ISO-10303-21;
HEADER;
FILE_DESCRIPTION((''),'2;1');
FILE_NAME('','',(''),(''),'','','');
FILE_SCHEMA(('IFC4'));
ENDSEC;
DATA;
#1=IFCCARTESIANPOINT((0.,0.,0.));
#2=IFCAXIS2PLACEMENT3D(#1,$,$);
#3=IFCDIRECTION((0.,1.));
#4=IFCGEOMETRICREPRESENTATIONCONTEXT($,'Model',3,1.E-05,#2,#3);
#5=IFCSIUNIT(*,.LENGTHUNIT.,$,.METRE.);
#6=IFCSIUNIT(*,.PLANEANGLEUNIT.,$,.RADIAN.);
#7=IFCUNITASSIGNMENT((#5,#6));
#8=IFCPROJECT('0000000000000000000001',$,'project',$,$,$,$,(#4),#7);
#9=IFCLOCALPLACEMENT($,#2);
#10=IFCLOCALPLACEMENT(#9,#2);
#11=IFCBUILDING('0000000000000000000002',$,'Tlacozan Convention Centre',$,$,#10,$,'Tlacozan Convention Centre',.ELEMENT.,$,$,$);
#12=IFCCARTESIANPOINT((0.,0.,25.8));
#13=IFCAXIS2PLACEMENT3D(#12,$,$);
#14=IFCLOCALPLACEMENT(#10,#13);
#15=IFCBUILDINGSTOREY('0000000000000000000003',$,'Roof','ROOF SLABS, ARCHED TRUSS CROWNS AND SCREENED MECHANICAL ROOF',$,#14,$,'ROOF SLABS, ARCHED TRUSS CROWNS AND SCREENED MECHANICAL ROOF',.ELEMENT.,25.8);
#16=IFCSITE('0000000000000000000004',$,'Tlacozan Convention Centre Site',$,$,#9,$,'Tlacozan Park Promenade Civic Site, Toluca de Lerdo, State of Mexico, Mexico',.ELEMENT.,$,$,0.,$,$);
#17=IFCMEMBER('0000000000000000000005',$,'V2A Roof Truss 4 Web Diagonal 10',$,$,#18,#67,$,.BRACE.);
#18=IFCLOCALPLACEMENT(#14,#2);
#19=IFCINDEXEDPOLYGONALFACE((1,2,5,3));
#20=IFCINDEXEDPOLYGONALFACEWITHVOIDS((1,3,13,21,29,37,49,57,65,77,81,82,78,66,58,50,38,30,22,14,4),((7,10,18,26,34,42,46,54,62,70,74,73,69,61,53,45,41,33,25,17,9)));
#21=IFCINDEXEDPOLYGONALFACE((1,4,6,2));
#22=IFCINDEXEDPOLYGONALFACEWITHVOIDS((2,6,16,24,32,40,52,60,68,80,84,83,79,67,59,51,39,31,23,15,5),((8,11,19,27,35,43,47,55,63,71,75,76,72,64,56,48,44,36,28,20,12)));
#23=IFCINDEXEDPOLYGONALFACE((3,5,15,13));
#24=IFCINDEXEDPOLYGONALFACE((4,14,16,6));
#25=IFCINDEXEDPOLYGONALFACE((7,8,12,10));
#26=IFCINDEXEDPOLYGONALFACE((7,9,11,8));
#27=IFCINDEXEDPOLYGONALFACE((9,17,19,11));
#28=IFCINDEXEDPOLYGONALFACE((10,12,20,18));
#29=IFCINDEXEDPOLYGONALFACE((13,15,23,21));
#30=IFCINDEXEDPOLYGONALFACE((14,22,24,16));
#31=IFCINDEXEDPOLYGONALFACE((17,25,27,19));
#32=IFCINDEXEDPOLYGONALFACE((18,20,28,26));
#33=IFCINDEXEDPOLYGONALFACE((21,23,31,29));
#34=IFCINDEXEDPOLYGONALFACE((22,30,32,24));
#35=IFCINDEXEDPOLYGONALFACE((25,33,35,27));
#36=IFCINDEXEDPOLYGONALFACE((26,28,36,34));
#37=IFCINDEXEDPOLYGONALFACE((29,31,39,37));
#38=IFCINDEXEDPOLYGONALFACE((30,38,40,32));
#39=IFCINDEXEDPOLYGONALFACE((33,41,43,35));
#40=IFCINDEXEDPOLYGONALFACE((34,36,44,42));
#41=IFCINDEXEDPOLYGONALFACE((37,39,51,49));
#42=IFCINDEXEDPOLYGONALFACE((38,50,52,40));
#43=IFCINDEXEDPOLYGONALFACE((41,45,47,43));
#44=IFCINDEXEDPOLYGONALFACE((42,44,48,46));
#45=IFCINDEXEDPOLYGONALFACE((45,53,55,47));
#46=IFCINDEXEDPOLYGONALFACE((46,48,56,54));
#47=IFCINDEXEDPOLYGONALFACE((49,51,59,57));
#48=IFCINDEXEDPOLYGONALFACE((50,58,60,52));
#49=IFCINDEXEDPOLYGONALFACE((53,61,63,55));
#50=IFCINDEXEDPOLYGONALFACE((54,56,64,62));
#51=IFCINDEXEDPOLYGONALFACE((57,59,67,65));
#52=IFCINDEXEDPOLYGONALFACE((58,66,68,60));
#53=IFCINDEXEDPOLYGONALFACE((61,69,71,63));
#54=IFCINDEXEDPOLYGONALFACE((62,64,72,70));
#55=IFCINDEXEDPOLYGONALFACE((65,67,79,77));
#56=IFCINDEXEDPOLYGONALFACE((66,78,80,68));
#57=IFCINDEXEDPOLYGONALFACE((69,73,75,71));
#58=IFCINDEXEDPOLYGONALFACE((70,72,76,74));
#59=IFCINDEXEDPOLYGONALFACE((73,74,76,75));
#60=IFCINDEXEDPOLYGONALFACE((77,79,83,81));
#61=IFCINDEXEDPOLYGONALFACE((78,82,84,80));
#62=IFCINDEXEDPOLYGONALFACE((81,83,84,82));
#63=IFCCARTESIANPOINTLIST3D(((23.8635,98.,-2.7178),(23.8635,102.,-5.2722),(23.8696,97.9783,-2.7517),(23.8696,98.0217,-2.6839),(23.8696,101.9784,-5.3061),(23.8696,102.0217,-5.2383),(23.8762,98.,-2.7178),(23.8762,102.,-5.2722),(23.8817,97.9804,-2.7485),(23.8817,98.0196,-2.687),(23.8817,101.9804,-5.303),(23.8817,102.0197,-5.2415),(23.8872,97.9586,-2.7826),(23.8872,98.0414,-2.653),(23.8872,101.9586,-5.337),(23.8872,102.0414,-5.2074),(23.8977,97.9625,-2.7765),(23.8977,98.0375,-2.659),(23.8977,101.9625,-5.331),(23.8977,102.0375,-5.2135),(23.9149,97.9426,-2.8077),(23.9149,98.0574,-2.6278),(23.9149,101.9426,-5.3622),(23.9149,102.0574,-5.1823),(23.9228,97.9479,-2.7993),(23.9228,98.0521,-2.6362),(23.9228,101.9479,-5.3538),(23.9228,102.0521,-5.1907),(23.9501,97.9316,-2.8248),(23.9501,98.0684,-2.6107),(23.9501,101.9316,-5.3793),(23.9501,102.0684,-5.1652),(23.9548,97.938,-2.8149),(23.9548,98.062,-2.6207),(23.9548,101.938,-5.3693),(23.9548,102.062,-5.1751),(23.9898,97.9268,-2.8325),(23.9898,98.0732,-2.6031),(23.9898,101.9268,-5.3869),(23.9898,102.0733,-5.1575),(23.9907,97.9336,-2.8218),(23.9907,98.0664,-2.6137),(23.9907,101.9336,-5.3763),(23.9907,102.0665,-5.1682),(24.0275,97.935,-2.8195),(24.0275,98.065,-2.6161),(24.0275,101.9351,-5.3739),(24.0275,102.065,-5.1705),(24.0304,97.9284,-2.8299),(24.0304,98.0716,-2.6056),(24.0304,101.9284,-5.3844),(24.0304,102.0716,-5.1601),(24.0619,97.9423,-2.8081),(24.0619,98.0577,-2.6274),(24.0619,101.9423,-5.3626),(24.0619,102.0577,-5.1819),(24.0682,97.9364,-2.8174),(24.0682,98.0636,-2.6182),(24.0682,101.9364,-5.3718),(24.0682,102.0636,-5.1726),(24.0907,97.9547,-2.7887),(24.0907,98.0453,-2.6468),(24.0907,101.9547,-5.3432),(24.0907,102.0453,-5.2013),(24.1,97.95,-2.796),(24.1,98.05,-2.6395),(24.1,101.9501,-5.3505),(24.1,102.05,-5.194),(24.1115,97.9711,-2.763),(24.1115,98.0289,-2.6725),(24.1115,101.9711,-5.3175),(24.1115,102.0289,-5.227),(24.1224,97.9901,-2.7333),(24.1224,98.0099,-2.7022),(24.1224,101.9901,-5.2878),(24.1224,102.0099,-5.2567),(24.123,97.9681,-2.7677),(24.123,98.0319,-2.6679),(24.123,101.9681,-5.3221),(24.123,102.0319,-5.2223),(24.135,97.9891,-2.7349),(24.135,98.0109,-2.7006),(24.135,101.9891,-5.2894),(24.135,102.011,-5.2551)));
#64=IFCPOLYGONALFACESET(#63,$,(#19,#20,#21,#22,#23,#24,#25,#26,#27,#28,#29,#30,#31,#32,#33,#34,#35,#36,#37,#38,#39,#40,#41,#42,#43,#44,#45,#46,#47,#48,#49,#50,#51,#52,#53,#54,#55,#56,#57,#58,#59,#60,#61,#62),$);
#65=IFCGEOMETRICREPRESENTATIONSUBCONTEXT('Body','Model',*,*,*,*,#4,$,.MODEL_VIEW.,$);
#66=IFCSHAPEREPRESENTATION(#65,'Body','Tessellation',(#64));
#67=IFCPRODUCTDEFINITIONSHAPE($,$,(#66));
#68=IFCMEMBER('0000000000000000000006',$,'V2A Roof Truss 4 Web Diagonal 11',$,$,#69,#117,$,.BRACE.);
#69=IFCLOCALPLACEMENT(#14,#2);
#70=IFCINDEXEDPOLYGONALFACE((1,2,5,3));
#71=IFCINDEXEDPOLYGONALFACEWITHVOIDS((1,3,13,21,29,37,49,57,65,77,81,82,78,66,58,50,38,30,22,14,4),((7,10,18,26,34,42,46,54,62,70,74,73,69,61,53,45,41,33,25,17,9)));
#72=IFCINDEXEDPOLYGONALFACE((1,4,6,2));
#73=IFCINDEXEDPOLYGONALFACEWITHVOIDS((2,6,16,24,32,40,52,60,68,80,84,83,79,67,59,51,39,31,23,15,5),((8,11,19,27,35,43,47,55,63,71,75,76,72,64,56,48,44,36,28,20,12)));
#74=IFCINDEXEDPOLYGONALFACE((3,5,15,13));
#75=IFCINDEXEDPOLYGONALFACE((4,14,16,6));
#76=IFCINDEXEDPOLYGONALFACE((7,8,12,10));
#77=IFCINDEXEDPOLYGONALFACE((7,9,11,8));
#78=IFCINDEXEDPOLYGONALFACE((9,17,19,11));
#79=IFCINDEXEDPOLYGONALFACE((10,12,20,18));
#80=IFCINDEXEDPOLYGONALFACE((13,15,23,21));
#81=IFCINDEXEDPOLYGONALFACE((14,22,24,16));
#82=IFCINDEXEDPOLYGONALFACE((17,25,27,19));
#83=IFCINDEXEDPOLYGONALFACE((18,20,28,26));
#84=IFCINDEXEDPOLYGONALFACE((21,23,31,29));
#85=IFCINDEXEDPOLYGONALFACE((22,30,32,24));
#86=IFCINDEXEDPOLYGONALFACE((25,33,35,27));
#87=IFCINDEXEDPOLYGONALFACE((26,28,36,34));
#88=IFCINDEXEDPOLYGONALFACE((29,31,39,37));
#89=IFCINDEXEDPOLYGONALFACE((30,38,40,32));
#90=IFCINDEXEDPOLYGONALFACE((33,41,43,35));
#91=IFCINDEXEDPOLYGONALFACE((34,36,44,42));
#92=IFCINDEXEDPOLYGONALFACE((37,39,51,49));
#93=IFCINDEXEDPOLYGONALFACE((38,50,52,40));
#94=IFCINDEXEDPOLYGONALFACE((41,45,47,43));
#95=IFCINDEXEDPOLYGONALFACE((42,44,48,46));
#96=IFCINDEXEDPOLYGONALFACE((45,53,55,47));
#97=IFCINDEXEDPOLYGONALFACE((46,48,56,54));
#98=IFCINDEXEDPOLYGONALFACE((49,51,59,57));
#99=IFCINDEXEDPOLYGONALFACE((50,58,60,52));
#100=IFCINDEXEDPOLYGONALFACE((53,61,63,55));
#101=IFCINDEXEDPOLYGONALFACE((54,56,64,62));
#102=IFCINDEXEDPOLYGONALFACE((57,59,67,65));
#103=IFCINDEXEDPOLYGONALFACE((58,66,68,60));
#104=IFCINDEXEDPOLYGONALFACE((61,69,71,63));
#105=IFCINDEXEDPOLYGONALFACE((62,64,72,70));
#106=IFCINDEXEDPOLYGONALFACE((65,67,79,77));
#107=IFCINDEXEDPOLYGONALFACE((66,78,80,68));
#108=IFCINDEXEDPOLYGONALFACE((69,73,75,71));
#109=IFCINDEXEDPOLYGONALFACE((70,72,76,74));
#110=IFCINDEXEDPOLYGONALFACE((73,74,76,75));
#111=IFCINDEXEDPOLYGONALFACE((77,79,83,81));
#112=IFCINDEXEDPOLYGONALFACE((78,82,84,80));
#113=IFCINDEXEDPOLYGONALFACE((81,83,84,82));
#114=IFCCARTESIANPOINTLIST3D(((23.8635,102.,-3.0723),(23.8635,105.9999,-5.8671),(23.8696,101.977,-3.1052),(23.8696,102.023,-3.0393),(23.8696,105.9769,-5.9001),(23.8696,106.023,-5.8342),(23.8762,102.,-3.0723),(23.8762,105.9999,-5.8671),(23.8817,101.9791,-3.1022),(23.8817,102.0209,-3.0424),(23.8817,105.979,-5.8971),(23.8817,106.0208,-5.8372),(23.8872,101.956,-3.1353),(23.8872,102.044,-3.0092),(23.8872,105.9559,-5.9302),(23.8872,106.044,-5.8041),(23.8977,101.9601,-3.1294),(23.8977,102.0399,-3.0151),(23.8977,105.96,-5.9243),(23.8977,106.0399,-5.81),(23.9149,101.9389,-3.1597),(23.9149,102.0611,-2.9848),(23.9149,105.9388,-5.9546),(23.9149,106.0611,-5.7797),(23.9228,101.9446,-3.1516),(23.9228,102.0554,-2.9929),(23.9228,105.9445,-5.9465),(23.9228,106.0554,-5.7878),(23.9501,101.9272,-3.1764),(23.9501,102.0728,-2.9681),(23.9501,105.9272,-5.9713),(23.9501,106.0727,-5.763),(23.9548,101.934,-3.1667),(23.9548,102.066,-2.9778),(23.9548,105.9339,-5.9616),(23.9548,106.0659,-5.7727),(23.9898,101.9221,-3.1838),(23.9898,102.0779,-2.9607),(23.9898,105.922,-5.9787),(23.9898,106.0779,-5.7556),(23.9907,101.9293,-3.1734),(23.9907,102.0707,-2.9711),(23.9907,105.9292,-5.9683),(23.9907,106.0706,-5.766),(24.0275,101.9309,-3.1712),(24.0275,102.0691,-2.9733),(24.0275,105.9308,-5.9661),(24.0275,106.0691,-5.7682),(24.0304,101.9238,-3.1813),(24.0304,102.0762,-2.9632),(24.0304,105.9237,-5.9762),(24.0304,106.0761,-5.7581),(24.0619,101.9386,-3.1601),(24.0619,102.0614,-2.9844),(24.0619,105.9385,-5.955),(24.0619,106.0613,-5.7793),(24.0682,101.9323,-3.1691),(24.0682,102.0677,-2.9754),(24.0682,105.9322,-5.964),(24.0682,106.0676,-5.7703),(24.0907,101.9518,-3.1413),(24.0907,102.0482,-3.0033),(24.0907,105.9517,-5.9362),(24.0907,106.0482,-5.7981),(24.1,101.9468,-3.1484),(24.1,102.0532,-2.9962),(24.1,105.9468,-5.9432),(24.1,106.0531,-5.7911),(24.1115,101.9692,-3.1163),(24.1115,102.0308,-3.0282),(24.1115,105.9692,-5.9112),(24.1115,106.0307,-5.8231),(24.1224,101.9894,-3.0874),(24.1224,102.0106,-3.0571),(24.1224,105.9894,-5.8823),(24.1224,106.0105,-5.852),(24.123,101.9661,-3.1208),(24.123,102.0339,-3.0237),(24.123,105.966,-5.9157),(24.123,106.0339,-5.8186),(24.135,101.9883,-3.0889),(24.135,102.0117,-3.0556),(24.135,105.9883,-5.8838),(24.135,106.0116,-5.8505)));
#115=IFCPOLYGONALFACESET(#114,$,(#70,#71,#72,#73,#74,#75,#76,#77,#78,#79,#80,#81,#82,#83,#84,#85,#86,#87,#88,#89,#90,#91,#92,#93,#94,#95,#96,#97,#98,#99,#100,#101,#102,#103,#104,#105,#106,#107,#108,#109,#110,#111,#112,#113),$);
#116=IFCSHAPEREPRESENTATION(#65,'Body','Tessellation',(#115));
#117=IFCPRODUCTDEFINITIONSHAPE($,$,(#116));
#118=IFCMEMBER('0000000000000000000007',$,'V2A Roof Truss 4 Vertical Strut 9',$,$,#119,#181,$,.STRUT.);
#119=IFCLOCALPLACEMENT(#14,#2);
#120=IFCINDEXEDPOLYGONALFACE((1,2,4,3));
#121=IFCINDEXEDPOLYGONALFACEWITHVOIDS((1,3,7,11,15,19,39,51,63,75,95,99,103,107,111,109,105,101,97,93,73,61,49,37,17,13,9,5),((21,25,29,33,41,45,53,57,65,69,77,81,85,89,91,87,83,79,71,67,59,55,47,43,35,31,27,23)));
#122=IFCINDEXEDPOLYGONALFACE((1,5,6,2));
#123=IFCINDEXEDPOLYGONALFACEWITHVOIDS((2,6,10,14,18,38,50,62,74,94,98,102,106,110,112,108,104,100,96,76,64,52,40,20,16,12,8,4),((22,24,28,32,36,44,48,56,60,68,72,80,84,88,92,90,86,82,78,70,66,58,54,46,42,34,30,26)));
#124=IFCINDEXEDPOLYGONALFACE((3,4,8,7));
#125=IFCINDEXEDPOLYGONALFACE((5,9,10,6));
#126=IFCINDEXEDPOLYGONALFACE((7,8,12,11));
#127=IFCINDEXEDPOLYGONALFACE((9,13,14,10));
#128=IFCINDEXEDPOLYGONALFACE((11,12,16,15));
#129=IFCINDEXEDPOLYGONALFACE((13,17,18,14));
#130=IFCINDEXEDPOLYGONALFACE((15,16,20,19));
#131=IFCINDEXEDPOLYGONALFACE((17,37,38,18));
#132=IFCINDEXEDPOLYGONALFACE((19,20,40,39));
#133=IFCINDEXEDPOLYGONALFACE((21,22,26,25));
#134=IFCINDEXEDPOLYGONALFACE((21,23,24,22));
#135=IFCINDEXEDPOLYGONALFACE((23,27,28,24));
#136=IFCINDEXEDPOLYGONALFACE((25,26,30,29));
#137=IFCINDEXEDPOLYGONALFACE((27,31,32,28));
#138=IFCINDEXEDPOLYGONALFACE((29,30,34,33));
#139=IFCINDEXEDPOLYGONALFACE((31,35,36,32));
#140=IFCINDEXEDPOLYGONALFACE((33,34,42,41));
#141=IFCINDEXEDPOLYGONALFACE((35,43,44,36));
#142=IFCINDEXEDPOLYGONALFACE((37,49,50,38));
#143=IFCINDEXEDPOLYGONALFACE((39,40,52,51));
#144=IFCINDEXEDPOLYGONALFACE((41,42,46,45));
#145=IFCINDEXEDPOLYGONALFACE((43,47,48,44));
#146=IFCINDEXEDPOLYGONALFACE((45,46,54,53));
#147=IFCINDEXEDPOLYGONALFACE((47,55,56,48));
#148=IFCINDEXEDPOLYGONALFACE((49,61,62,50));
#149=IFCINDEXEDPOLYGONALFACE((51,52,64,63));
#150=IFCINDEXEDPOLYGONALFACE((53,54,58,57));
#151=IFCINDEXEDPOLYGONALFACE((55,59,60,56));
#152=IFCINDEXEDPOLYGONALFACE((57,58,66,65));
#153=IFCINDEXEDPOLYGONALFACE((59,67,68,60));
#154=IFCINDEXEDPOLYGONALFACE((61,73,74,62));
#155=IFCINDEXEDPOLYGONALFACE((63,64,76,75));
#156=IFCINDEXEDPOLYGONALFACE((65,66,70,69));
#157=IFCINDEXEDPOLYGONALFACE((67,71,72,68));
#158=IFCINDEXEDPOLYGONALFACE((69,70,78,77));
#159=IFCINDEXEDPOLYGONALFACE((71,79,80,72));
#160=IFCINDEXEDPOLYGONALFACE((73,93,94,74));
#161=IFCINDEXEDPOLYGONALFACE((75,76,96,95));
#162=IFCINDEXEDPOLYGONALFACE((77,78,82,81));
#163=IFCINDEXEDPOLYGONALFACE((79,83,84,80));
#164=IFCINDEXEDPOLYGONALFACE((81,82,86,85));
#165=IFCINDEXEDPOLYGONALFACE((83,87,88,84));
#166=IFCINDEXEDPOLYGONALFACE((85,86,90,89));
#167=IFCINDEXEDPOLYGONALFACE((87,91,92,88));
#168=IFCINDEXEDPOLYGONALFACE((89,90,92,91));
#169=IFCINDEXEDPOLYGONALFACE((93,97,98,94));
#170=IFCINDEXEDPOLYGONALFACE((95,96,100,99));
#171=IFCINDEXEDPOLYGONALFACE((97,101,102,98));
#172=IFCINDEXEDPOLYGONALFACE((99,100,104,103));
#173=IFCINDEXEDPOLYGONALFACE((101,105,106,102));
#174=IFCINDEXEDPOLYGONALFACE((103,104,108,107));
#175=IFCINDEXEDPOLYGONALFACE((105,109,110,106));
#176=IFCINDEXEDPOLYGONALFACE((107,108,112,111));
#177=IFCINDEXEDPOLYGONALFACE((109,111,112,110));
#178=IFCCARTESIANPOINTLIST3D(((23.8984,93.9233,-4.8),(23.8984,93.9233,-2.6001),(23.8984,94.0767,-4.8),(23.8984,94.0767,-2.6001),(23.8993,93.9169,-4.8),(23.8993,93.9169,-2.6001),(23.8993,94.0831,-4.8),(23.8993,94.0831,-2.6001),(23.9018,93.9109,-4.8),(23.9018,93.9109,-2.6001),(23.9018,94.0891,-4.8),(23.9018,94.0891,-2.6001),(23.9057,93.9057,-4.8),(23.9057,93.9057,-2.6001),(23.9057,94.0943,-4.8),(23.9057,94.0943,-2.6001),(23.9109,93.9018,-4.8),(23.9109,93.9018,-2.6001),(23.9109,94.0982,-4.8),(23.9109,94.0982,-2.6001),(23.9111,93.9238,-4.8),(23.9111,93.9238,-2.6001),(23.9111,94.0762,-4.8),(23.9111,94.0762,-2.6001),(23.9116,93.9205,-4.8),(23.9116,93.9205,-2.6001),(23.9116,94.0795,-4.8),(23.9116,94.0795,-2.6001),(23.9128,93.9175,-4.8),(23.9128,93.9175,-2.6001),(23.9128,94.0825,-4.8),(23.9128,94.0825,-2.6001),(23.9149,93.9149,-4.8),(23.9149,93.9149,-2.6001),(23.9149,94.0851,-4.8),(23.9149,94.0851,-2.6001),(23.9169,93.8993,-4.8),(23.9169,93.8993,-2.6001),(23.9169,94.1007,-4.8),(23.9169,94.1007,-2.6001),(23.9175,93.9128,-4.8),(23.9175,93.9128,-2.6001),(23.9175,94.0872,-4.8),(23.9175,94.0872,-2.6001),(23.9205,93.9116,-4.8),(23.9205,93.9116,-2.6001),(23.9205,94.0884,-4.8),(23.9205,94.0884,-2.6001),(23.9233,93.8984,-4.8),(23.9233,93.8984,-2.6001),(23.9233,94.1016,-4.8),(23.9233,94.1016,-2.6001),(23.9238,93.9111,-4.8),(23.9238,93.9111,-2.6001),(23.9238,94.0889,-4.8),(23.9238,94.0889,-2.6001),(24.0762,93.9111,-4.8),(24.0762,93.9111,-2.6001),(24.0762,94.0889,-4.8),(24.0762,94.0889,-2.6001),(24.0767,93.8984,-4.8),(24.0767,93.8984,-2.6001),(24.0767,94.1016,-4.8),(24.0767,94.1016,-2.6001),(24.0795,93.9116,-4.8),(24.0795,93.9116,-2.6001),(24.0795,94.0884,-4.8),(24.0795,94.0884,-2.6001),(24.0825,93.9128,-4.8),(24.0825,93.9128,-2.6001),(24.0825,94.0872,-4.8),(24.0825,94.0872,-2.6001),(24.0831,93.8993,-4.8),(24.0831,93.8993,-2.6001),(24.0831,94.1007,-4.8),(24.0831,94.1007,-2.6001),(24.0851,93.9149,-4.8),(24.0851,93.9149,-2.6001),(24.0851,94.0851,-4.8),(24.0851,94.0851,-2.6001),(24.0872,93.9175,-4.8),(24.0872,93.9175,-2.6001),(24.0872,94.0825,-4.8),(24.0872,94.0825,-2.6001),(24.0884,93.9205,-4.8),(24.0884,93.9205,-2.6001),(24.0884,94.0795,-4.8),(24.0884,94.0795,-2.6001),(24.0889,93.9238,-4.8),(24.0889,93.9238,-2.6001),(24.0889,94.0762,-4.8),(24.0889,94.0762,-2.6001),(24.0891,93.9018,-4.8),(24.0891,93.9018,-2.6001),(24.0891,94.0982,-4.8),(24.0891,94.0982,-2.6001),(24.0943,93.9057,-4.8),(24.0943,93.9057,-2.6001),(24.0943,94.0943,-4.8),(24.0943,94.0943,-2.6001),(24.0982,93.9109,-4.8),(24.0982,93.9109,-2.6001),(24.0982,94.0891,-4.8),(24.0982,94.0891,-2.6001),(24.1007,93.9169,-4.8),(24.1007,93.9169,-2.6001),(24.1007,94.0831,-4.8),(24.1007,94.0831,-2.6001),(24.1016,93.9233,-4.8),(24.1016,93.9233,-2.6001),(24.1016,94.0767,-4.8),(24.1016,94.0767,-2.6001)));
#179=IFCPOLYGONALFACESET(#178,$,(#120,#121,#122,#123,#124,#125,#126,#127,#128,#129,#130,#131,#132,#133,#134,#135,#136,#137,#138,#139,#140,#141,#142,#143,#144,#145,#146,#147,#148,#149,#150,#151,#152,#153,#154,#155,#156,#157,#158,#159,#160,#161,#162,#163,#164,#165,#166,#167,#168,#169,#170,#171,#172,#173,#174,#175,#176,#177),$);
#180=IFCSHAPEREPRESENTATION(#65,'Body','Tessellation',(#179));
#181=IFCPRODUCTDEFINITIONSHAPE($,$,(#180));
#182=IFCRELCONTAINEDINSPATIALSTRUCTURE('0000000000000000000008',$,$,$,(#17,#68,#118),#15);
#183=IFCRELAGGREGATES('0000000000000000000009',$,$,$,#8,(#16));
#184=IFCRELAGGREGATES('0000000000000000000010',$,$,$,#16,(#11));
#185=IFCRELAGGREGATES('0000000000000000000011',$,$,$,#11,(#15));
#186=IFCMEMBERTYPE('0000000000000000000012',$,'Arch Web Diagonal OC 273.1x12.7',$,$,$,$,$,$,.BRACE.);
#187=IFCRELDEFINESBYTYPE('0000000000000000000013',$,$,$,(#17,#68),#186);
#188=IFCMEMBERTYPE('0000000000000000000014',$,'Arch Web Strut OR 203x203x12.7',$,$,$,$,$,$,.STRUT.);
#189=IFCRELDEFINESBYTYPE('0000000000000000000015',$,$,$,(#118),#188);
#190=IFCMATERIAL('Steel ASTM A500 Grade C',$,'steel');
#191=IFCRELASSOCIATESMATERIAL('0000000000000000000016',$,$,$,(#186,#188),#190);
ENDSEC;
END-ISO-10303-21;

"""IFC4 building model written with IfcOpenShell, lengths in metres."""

from ifc_helpers import new_model, si_unit, direction, frame, origin, origin_2d, place, context, subcontext, project, spatial, hollow_rectangle, hollow_circle, extrude, material, material_profile, profile_set, type_object, element, save


model = new_model("IFC4")

# Units and contexts
model_context = context("Model", 3, precision=1e-05, world=origin(), true_north=direction((0.0, 1.0)))
body_context = subcontext(model_context, "Body", "Model", "MODEL_VIEW")
ifc_project = project(units=[si_unit("LENGTHUNIT", "METRE"), si_unit("PLANEANGLEUNIT", "RADIAN")], contexts=[model_context])

# Site, building, storey
site_placement = place(None, origin())
site = spatial("IfcSite", under=ifc_project, at=site_placement, Name="Tlacozan Convention Centre Site", LongName="Tlacozan Park Promenade Civic Site, Toluca de Lerdo, State of Mexico, Mexico", CompositionType="ELEMENT", RefElevation=0.0)
building_placement = place(site_placement, origin())
building = spatial("IfcBuilding", under=site, at=building_placement, Name="Tlacozan Convention Centre", LongName="Tlacozan Convention Centre", CompositionType="ELEMENT")
storey_placement = place(building_placement, frame((0.0, 0.0, 25.8)))
storey = spatial("IfcBuildingStorey", under=building, at=storey_placement, Name="Roof", Description="ROOF SLABS, ARCHED TRUSS CROWNS AND SCREENED MECHANICAL ROOF", LongName="ROOF SLABS, ARCHED TRUSS CROWNS AND SCREENED MECHANICAL ROOF", CompositionType="ELEMENT", Elevation=25.8)

# Members
ifc_material_1 = material(Name="Steel ASTM A500 Grade C", Category="steel")
ifc_material_profile_1 = material_profile(ifc_material_1, hollow_circle(Radius=0.1365, WallThickness=0.0127, at=origin_2d()), Name="OC 273.1x12.7")
ifc_profile_set_1 = profile_set([ifc_material_profile_1], Name="Steel ASTM A500 Grade C")
member_type_1 = type_object("IfcMemberType", Name="Arch Web Diagonal OC 273.1x12.7", PredefinedType="BRACE", material=ifc_profile_set_1)
member_1_placement = place(storey_placement, frame((24.0, 98.0, -2.7178), z_axis=(0.0, 0.842803, -0.538223), x_axis=(-1.0, 0.0, 0.0)))
element("IfcMember", 1, at=member_1_placement, inside=storey, type_object=member_type_1, Name="V2A Roof Truss 4 Web Diagonal 10", PredefinedType="BRACE", context=body_context, shape_type="SweptSolid", body=[
    extrude(hollow_circle(Radius=0.1365, WallThickness=0.0127, at=origin_2d()), origin(), (0.0, 0.0, 1.0), 4.7461),
])
member_2_placement = place(storey_placement, frame((24.0, 102.0, -3.0723), z_axis=(0.0, 0.819721, -0.572764), x_axis=(-1.0, 0.0, 0.0)))
element("IfcMember", 2, at=member_2_placement, inside=storey, type_object=member_type_1, Name="V2A Roof Truss 4 Web Diagonal 11", PredefinedType="BRACE", context=body_context, shape_type="SweptSolid", body=[
    extrude(hollow_circle(Radius=0.1365, WallThickness=0.0127, at=origin_2d()), origin(), (0.0, 0.0, 1.0), 4.8796),
])
ifc_material_profile_2 = material_profile(ifc_material_1, hollow_rectangle(XDim=0.2031, YDim=0.2031, WallThickness=0.0127, InnerFilletRadius=0.0127, OuterFilletRadius=0.0249, at=origin_2d()), Name="OR 203x203x12.7")
ifc_profile_set_2 = profile_set([ifc_material_profile_2], Name="Steel ASTM A500 Grade C")
member_type_2 = type_object("IfcMemberType", Name="Arch Web Strut OR 203x203x12.7", PredefinedType="STRUT", material=ifc_profile_set_2)
for number, where, z_axis, x_axis, name in (
    (3, (24.0, 94.0, -4.8), (0.0, 0.0, 1.0), (1.0, 0.0, 0.0), "V2A Roof Truss 4 Vertical Strut 9"),
):
    element("IfcMember", number, at=place(storey_placement, frame(where, z_axis=z_axis, x_axis=x_axis)), inside=storey, type_object=member_type_2, Name=name, PredefinedType="STRUT", context=body_context, shape_type="SweptSolid", body=[
        extrude(hollow_rectangle(XDim=0.2031, YDim=0.2031, WallThickness=0.0127, InnerFilletRadius=0.0127, OuterFilletRadius=0.0249, at=origin_2d()), origin(), (0.0, 0.0, 1.0), 2.2),
    ])

save(model, "model.ifc")
